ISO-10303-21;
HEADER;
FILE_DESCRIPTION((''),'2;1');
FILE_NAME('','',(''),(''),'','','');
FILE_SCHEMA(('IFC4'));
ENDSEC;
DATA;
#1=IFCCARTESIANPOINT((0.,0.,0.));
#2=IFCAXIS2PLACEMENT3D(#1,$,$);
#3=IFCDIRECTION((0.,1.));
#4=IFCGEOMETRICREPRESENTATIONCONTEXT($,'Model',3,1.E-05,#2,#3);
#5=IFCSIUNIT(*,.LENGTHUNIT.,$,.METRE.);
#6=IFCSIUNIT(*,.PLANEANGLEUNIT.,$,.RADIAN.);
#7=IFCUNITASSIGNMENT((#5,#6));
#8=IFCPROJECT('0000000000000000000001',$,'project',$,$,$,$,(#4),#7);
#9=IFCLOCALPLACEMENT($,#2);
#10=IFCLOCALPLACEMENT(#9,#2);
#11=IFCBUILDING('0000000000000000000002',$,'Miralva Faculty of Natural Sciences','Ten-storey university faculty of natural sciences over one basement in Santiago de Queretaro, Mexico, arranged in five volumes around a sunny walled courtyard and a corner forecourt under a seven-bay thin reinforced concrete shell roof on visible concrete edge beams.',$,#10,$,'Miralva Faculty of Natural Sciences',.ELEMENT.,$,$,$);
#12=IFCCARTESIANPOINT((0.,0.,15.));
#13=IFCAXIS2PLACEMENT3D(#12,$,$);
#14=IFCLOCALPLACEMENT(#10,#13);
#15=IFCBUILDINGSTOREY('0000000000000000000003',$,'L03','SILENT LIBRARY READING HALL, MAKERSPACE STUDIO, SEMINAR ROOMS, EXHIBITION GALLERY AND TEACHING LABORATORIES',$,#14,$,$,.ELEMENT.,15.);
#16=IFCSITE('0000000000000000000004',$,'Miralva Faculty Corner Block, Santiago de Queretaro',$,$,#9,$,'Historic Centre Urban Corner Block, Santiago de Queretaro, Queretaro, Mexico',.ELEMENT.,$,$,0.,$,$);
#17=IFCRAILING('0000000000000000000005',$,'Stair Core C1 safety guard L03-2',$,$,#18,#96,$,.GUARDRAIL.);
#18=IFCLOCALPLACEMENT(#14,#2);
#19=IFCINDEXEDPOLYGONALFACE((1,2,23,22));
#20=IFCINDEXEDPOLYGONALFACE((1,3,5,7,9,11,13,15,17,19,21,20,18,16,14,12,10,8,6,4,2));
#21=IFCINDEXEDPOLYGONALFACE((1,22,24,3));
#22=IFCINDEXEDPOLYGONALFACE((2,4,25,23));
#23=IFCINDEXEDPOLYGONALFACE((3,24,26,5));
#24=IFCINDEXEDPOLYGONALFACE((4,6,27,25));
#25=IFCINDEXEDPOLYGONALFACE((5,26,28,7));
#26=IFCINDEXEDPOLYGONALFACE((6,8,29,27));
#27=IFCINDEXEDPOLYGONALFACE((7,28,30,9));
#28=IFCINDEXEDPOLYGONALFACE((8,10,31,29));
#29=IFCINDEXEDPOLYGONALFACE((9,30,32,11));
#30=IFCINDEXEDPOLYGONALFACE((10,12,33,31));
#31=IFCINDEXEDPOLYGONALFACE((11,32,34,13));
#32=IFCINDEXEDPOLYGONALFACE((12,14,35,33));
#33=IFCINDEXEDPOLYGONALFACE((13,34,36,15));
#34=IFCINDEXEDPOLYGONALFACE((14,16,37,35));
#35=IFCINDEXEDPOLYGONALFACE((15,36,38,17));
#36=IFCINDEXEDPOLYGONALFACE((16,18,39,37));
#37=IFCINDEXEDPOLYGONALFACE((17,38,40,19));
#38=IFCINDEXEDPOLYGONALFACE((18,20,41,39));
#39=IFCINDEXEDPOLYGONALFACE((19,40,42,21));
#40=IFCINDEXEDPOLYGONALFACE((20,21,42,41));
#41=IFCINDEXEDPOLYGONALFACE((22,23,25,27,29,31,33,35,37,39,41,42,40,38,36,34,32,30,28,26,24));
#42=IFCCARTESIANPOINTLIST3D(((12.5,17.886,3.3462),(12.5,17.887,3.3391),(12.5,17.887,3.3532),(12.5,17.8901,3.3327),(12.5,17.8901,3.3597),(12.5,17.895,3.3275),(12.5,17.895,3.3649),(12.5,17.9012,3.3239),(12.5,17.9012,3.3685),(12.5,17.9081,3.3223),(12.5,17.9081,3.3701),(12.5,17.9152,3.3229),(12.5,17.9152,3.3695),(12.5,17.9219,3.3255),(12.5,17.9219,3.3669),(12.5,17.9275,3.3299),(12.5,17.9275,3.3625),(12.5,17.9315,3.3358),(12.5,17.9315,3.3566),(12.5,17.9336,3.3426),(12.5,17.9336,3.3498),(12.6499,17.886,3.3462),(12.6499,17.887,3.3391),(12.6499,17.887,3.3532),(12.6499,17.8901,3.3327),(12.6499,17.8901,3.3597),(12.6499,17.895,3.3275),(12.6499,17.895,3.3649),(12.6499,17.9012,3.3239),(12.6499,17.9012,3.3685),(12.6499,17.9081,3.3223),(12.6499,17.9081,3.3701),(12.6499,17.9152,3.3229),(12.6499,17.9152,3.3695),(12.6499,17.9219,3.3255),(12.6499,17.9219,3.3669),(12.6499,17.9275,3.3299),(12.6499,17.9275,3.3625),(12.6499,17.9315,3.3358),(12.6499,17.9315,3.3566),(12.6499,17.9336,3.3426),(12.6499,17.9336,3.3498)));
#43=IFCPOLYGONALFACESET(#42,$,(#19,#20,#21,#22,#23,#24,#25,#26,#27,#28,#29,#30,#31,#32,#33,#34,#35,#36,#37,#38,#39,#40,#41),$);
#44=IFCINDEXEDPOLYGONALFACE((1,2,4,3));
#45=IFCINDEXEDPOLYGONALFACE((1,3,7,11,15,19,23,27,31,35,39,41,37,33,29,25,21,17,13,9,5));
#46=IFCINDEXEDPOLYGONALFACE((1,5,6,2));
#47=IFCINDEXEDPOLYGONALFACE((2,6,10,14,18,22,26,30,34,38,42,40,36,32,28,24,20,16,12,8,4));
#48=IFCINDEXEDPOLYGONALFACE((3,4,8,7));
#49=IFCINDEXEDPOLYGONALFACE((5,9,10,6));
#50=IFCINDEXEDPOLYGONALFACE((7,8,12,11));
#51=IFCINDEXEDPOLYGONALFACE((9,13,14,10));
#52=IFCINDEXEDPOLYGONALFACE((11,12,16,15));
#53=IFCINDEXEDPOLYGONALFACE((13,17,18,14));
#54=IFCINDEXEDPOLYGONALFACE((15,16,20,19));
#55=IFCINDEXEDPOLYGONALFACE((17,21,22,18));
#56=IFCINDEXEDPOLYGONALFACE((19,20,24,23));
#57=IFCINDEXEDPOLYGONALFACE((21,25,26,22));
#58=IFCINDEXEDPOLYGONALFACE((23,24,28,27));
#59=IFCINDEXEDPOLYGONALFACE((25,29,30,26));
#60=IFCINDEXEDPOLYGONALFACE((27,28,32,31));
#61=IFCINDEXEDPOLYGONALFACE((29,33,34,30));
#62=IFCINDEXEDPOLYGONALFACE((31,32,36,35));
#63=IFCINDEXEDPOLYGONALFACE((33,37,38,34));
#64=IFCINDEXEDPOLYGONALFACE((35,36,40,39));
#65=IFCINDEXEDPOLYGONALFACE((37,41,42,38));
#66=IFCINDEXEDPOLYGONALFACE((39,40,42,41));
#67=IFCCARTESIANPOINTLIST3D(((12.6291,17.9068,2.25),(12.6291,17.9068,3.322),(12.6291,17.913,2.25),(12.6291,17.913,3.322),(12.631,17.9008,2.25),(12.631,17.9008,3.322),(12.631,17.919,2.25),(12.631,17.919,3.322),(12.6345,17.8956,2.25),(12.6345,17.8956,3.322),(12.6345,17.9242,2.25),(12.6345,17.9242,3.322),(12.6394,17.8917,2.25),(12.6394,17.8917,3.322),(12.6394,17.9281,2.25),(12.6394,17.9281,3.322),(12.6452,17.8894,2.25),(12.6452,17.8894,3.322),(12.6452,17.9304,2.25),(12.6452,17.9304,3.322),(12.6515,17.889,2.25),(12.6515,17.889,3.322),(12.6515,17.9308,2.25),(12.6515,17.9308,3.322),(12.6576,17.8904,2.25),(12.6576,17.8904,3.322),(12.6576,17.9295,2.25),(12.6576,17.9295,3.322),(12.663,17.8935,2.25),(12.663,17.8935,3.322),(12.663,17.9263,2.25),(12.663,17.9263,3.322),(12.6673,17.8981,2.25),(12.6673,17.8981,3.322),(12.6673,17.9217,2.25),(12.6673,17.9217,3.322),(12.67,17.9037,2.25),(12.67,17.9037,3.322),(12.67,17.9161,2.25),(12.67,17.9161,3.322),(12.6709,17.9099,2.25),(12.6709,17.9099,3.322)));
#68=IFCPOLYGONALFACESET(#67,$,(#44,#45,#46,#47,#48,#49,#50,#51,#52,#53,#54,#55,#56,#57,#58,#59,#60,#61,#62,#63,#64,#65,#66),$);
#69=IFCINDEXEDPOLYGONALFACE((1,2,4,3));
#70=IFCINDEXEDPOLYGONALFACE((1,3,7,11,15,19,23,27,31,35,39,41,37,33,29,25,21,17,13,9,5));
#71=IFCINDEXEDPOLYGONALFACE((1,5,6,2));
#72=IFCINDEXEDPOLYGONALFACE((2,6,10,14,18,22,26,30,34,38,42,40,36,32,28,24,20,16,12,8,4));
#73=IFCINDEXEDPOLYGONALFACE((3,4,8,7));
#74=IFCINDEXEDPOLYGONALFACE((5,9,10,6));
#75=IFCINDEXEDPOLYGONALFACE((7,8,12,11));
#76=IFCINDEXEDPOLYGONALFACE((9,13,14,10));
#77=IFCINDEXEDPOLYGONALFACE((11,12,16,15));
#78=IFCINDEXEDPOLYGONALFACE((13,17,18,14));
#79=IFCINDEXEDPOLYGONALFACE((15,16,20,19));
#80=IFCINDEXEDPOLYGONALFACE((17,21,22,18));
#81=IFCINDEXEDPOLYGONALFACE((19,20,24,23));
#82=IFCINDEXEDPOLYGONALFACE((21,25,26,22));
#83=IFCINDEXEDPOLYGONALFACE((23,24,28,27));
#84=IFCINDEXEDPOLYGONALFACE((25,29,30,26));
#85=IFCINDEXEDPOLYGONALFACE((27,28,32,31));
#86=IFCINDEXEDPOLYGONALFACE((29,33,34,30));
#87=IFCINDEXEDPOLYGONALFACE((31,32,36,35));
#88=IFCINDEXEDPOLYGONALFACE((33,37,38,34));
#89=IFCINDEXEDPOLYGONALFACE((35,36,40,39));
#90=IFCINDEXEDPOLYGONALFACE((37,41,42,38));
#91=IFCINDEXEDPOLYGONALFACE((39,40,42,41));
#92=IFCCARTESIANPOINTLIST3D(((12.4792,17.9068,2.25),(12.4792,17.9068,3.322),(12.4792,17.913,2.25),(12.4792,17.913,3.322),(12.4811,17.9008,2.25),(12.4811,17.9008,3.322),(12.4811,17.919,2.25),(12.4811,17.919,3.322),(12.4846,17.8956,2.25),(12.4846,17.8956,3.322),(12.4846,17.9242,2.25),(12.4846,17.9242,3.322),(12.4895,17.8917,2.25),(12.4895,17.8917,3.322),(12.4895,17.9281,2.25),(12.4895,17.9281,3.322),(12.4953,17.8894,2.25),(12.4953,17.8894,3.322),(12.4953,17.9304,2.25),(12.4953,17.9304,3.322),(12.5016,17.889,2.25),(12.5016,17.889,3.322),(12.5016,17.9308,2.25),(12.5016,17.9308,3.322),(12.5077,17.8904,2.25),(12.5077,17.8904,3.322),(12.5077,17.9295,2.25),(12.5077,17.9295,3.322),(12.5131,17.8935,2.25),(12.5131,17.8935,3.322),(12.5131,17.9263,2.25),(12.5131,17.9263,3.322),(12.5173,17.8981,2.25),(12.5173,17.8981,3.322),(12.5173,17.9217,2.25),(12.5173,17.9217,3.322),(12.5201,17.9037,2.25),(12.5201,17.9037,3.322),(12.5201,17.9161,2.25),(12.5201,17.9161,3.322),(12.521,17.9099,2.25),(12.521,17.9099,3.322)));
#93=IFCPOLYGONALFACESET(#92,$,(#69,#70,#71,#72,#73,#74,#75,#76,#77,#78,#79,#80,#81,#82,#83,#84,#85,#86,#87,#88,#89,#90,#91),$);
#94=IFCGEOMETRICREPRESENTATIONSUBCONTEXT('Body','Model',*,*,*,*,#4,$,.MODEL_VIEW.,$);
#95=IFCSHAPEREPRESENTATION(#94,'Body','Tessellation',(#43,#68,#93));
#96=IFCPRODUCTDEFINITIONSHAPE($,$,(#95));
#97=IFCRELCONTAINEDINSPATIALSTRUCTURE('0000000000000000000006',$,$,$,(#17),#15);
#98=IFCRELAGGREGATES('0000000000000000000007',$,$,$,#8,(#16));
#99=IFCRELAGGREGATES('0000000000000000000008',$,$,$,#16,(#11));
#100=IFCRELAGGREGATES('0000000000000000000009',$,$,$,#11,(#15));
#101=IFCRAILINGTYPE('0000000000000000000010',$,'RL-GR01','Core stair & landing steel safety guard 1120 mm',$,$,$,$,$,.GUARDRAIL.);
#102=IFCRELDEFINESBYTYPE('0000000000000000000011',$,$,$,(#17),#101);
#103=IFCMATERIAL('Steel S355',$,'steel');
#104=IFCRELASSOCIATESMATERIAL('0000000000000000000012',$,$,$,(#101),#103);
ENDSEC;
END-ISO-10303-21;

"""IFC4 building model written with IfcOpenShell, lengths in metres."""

from ifc_helpers import new_model, si_unit, direction, frame, origin, origin_2d, place, context, subcontext, project, spatial, circle, extrude, material, type_object, element, save


model = new_model("IFC4")

# Units and contexts
model_context = context("Model", 3, precision=1e-05, world=origin(), true_north=direction((0.0, 1.0)))
body_context = subcontext(model_context, "Body", "Model", "MODEL_VIEW")
ifc_project = project(units=[si_unit("LENGTHUNIT", "METRE"), si_unit("PLANEANGLEUNIT", "RADIAN")], contexts=[model_context])

# Site, building, storey
site_placement = place(None, origin())
site = spatial("IfcSite", under=ifc_project, at=site_placement, Name="Miralva Faculty Corner Block, Santiago de Queretaro", LongName="Historic Centre Urban Corner Block, Santiago de Queretaro, Queretaro, Mexico", CompositionType="ELEMENT", RefElevation=0.0)
building_placement = place(site_placement, origin())
building = spatial("IfcBuilding", under=site, at=building_placement, Name="Miralva Faculty of Natural Sciences", Description="Ten-storey university faculty of natural sciences over one basement in Santiago de Queretaro, Mexico, arranged in five volumes around a sunny walled courtyard and a corner forecourt under a seven-bay thin reinforced concrete shell roof on visible concrete edge beams.", LongName="Miralva Faculty of Natural Sciences", CompositionType="ELEMENT")
storey_placement = place(building_placement, frame((0.0, 0.0, 15.0)))
storey = spatial("IfcBuildingStorey", under=building, at=storey_placement, Name="L03", Description="SILENT LIBRARY READING HALL, MAKERSPACE STUDIO, SEMINAR ROOMS, EXHIBITION GALLERY AND TEACHING LABORATORIES", CompositionType="ELEMENT", Elevation=15.0)

# Railing
ifc_material_1 = material(Name="Steel S355", Category="steel")
railing_type_1 = type_object("IfcRailingType", Name="RL-GR01", Description="Core stair & landing steel safety guard 1120 mm", PredefinedType="GUARDRAIL", material=ifc_material_1)
railing_1_placement = place(storey_placement, frame((12.6499, 17.9099, 2.25)))
element("IfcRailing", 1, at=railing_1_placement, inside=storey, type_object=railing_type_1, Name="Stair Core C1 safety guard L03-2", PredefinedType="GUARDRAIL", context=body_context, shape_type="SweptSolid", body=[
    extrude(circle(Radius=0.0239, at=origin_2d()), frame((0.0, 0.0, 1.0962), z_axis=(-1.0, 0.0, 0.0), x_axis=(0.0, -1.0, 0.0)), (0.0, 0.0, 1.0), 0.1499),
    extrude(circle(Radius=0.021, at=origin_2d()), origin(), (0.0, 0.0, 1.0), 1.072),
    extrude(circle(Radius=0.021, at=origin_2d()), frame((-0.1499, 0.0, 0.0)), (0.0, 0.0, 1.0), 1.072),
])

save(model, "model.ifc")
